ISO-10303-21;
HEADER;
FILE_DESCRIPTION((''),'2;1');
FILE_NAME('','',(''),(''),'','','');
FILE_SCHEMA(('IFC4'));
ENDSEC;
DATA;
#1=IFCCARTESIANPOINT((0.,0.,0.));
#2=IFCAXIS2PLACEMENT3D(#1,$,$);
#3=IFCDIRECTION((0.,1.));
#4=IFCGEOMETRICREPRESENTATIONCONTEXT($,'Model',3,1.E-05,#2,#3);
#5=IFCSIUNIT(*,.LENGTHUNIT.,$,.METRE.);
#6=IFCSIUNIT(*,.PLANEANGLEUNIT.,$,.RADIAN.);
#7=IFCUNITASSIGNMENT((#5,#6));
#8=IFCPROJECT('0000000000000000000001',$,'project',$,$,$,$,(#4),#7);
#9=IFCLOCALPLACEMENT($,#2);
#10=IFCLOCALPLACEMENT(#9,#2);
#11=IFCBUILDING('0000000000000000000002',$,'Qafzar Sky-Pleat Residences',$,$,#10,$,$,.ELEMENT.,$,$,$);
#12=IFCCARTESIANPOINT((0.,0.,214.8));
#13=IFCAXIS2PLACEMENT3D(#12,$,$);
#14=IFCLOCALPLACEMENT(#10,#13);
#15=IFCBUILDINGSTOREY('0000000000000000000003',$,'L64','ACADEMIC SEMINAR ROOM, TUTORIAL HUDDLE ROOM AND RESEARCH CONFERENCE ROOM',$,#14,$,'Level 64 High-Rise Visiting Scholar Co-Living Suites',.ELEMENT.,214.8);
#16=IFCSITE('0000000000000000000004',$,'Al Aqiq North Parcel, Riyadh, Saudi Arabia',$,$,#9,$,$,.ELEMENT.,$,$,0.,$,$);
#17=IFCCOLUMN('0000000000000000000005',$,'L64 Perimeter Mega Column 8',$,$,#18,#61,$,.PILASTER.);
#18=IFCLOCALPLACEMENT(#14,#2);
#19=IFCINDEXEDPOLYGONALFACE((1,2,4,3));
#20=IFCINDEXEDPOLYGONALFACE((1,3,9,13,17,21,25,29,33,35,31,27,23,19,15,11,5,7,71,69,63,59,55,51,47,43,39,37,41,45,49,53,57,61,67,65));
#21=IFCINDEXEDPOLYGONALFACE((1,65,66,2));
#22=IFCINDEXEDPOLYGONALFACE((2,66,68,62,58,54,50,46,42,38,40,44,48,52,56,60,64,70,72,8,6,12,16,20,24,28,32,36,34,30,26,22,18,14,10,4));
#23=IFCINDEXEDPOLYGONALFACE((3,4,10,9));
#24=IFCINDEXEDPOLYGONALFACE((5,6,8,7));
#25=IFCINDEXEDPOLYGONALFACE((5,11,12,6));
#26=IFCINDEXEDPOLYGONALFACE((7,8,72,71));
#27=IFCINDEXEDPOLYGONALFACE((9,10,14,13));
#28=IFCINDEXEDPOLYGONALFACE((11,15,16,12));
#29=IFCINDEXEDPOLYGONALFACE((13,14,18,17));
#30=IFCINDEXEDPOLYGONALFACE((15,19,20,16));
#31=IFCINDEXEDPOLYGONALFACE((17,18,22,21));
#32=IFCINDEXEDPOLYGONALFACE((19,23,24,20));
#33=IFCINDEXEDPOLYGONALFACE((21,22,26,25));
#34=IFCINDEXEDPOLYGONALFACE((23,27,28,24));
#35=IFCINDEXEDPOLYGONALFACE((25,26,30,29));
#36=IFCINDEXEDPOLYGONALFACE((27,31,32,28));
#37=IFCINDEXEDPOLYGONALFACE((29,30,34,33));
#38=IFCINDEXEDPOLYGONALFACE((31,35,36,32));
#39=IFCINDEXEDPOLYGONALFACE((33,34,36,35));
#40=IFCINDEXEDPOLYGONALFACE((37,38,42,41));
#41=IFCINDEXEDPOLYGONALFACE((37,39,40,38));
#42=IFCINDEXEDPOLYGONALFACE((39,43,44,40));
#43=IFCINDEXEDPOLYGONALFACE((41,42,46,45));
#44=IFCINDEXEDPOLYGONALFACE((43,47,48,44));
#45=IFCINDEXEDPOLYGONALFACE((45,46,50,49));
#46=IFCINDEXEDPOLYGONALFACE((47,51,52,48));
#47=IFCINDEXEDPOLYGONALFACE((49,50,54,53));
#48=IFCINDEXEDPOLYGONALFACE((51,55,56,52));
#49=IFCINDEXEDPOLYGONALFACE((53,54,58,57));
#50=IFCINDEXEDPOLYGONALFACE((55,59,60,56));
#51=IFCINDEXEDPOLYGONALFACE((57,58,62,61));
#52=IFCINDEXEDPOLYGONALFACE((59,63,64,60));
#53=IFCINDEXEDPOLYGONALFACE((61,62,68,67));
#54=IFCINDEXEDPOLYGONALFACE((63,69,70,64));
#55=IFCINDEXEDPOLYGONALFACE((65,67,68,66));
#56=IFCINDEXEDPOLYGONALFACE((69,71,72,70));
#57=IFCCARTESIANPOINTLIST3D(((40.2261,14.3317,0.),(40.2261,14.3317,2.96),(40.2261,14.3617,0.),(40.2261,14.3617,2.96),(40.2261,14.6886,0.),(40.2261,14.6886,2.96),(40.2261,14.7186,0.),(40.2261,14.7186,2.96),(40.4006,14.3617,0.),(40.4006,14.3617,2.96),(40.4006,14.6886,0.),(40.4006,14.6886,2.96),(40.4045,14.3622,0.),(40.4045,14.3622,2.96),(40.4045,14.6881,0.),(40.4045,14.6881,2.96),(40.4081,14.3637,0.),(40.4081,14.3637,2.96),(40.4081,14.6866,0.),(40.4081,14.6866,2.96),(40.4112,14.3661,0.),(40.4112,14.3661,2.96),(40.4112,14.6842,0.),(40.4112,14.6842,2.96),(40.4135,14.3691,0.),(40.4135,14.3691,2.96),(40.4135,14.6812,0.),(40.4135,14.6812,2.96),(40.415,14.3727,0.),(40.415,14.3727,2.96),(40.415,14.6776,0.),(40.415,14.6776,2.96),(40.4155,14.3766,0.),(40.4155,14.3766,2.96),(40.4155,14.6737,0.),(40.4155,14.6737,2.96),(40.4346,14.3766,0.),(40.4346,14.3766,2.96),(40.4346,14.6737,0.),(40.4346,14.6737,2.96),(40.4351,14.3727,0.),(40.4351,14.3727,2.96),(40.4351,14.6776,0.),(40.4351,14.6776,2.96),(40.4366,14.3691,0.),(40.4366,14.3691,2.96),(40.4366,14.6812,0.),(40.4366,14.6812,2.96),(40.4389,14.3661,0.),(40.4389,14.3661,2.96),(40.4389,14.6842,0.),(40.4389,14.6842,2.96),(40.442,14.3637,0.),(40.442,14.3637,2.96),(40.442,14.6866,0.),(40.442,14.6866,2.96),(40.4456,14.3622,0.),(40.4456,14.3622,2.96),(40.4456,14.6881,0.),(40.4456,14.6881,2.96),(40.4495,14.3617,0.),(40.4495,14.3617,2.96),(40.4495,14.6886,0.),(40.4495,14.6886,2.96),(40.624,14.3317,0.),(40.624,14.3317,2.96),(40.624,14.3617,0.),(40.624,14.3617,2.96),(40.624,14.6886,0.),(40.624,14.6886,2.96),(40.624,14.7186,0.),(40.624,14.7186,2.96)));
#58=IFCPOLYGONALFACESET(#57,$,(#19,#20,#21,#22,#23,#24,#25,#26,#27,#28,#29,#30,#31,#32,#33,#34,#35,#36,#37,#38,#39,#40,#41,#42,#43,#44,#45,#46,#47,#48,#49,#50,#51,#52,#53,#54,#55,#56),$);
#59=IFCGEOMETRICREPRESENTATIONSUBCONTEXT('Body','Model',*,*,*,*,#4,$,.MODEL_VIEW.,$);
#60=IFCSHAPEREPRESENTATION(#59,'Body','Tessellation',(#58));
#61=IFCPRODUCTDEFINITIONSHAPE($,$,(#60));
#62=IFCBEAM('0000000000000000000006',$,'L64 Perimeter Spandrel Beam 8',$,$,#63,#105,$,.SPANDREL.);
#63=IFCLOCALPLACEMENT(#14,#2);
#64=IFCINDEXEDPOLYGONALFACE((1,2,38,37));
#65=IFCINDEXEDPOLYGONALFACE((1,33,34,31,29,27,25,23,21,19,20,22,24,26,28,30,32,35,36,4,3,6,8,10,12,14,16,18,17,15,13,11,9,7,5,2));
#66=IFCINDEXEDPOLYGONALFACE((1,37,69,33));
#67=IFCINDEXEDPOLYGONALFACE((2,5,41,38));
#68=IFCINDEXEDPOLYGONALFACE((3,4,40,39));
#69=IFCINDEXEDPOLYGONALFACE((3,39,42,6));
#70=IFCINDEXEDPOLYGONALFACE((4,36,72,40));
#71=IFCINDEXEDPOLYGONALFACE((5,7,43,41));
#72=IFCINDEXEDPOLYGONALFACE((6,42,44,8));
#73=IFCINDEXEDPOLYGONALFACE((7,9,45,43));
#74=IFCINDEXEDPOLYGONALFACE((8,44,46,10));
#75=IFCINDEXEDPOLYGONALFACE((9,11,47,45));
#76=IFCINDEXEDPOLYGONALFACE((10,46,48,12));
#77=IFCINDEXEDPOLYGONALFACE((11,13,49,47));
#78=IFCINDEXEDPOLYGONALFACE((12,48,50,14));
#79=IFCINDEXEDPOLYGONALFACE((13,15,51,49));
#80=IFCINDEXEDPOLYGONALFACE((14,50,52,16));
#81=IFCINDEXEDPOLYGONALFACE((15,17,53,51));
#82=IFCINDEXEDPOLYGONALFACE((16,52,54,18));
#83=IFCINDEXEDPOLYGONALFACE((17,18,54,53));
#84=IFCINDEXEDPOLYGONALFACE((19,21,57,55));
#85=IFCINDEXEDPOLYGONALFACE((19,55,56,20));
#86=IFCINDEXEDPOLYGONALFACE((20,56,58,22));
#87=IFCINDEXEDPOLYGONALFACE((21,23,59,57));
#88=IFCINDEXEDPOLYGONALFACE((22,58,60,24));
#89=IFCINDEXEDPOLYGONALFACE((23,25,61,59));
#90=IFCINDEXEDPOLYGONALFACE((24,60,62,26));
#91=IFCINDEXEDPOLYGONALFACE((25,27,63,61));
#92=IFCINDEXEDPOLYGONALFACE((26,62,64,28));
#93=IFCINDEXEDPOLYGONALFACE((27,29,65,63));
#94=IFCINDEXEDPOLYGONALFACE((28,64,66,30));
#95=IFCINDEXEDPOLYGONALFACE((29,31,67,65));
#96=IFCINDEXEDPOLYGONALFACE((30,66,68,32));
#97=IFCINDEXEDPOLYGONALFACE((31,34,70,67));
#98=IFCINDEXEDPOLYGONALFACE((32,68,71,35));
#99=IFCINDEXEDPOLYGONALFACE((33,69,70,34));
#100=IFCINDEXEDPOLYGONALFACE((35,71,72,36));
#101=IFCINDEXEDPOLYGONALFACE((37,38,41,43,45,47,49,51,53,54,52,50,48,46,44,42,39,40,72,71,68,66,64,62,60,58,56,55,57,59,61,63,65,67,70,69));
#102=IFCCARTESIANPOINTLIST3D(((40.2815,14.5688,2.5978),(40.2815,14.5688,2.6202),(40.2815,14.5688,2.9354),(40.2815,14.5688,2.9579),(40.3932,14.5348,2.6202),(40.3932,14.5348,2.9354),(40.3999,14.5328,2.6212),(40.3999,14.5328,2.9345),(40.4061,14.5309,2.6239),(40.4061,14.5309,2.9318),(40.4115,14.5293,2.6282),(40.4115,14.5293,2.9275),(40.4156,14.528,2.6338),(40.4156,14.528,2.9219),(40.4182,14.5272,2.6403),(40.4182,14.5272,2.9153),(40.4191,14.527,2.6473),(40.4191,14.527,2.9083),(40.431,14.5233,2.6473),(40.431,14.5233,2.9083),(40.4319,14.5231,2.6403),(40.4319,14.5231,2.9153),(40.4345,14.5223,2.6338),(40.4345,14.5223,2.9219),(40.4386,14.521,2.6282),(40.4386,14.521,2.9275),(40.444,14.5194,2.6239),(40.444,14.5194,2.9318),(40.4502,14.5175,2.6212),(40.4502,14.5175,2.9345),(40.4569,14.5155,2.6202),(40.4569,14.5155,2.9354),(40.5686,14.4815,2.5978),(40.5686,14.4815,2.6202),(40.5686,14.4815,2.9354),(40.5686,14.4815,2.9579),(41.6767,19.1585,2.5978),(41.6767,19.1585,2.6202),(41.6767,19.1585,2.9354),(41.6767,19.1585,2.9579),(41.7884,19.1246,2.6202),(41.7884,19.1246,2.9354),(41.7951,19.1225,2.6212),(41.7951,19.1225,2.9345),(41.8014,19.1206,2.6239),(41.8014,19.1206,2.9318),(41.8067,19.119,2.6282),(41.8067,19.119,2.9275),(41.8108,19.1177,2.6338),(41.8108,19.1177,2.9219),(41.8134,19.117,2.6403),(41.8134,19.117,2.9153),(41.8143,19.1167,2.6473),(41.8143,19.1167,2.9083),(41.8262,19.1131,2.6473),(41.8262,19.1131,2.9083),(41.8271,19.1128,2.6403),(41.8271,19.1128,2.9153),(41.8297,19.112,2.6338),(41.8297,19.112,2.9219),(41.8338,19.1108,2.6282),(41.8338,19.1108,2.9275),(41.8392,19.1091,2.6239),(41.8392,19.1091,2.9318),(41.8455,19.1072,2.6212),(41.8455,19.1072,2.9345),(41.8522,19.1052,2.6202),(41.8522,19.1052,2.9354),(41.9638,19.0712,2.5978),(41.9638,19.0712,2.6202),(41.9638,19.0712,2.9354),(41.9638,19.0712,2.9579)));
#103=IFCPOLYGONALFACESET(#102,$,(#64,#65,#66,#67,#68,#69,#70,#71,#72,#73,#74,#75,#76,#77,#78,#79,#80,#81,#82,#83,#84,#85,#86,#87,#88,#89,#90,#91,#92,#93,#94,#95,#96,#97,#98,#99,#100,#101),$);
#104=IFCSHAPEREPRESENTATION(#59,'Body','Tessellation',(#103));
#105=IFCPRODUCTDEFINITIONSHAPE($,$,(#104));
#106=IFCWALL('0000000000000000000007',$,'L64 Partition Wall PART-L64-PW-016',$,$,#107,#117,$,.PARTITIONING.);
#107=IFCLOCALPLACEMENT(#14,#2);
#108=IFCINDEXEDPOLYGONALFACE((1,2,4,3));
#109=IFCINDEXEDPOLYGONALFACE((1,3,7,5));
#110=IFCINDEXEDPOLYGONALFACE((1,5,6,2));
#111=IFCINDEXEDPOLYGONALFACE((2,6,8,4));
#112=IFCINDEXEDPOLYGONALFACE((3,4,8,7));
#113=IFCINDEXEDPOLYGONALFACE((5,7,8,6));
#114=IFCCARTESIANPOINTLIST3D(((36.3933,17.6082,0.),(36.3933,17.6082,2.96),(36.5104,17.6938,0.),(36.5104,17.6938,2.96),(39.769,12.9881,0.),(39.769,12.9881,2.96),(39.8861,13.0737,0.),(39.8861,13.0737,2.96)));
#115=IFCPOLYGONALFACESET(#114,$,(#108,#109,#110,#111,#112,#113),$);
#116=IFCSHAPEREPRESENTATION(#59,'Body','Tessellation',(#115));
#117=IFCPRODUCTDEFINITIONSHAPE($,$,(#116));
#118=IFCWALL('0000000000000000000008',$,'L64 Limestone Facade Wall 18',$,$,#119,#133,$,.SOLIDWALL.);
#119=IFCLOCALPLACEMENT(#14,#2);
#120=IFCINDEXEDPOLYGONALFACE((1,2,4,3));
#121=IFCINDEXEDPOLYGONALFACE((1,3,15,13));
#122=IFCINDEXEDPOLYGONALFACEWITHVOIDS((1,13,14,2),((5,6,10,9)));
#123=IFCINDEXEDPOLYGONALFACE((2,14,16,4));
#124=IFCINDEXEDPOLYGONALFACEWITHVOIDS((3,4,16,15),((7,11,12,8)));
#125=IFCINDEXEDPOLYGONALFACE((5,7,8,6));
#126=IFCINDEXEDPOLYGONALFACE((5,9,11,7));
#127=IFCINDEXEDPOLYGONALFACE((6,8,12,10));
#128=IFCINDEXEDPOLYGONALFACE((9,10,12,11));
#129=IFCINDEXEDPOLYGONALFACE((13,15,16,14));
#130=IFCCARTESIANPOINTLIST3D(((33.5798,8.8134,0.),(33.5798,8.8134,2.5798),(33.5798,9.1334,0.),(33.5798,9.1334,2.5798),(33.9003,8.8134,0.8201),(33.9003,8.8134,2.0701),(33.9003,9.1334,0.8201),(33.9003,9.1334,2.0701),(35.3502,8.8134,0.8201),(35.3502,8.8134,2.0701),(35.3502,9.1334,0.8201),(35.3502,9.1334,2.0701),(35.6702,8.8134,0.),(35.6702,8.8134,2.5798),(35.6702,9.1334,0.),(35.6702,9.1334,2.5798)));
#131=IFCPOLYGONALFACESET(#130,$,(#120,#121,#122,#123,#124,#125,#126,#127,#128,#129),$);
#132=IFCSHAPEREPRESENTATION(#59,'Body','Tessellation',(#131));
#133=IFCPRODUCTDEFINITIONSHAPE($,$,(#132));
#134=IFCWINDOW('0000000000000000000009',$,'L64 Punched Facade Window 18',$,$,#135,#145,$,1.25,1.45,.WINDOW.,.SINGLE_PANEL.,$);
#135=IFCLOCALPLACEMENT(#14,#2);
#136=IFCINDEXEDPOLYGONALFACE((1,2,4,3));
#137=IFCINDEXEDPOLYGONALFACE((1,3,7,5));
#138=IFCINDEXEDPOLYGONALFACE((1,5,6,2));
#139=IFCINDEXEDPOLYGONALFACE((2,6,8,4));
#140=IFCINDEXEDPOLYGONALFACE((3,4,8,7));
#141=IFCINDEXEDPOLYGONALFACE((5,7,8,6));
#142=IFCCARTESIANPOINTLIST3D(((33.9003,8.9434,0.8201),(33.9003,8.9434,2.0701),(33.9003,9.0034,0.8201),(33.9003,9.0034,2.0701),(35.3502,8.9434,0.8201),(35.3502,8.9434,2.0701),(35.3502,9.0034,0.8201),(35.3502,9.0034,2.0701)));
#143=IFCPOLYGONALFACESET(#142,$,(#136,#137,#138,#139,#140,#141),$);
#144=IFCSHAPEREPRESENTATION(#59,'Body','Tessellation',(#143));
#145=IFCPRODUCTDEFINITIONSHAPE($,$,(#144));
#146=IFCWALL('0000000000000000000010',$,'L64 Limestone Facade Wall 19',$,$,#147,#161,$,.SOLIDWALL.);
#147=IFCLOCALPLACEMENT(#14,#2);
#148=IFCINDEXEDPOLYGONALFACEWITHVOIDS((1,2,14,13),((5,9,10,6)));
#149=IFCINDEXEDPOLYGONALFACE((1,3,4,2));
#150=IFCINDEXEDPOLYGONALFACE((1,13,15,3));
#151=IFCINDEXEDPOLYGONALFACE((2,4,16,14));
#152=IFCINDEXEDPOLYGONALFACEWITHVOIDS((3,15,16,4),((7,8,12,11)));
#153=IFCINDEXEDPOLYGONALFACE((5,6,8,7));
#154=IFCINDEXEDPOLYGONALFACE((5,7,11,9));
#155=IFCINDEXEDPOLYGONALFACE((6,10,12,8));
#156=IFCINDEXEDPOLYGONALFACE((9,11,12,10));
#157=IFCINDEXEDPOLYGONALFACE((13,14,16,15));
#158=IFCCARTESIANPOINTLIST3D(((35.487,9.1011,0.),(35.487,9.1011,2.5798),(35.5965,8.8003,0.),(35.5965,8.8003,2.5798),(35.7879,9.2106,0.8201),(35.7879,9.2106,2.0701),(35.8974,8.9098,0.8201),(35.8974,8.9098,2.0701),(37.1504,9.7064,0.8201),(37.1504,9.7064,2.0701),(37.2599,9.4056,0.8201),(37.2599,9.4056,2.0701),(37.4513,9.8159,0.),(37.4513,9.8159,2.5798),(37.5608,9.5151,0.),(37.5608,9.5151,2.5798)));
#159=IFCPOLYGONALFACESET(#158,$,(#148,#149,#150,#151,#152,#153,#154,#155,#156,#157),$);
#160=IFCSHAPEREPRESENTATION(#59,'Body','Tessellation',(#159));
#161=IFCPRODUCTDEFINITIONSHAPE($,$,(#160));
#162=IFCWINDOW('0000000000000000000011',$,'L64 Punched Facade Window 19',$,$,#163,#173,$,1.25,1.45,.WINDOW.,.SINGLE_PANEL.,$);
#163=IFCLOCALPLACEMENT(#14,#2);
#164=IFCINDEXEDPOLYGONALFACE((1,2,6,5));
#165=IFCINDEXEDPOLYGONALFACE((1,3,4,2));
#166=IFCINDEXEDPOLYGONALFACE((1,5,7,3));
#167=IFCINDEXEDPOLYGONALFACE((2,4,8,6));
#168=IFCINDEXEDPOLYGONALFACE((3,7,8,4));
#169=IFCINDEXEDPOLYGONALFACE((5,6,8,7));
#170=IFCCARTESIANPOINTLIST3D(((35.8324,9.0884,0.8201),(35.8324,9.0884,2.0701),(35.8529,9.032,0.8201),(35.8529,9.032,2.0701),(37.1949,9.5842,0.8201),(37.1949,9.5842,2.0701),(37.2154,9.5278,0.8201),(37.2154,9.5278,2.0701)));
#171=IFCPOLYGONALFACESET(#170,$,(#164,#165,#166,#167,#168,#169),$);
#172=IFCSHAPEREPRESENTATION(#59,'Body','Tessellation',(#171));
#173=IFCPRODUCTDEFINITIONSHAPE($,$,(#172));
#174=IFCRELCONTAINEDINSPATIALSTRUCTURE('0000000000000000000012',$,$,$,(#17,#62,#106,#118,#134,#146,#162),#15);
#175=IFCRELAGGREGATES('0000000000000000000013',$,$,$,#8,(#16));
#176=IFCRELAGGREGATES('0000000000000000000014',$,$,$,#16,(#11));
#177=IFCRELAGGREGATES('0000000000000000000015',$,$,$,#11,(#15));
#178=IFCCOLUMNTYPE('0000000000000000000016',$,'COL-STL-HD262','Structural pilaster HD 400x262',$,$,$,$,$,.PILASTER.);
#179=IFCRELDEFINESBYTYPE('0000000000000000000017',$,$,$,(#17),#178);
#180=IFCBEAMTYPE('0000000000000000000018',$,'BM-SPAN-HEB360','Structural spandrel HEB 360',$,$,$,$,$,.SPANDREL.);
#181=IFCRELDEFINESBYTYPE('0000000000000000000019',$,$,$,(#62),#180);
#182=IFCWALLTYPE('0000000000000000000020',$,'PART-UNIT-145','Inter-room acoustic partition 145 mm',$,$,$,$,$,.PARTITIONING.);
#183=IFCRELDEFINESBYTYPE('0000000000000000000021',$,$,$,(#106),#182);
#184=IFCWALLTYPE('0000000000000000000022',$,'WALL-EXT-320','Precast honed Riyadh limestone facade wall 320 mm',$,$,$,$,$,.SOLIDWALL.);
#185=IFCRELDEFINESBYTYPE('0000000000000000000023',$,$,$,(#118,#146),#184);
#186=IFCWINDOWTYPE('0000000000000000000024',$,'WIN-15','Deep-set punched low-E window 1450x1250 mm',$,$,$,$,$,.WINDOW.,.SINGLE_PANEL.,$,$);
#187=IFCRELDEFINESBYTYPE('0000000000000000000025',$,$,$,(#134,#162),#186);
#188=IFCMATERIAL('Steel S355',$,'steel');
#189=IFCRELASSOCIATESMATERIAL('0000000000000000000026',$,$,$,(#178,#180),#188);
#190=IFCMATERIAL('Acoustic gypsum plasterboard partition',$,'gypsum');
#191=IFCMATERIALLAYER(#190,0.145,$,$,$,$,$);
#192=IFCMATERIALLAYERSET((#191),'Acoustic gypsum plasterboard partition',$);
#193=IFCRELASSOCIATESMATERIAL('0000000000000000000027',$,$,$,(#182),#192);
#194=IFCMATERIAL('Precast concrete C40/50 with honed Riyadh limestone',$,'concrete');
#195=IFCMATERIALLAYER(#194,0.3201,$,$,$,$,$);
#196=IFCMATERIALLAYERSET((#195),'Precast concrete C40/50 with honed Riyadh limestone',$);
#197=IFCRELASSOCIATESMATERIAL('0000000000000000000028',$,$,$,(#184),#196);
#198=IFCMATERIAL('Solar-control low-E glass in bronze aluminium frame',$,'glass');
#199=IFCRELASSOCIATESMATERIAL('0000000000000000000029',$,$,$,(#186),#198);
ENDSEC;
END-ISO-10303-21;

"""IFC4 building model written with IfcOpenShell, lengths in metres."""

from ifc_helpers import new_model, si_unit, direction, frame, frame_2d, origin, origin_2d, place, context, subcontext, project, spatial, rectangle, i_section, extrude, source, transform, mapped, material, layer, layer_set, material_profile, profile_set, type_object, element, fill, save


model = new_model("IFC4")

# Units and contexts
model_context = context("Model", 3, precision=1e-05, world=origin(), true_north=direction((0.0, 1.0)))
body_context = subcontext(model_context, "Body", "Model", "MODEL_VIEW")
ifc_project = project(units=[si_unit("LENGTHUNIT", "METRE"), si_unit("PLANEANGLEUNIT", "RADIAN")], contexts=[model_context])

# Site, building, storey
site_placement = place(None, origin())
site = spatial("IfcSite", under=ifc_project, at=site_placement, Name="Al Aqiq North Parcel, Riyadh, Saudi Arabia", CompositionType="ELEMENT", RefElevation=0.0)
building_placement = place(site_placement, origin())
building = spatial("IfcBuilding", under=site, at=building_placement, Name="Qafzar Sky-Pleat Residences", CompositionType="ELEMENT")
storey_placement = place(building_placement, frame((0.0, 0.0, 214.8)))
storey = spatial("IfcBuildingStorey", under=building, at=storey_placement, Name="L64", Description="ACADEMIC SEMINAR ROOM, TUTORIAL HUDDLE ROOM AND RESEARCH CONFERENCE ROOM", LongName="Level 64 High-Rise Visiting Scholar Co-Living Suites", CompositionType="ELEMENT", Elevation=214.8)

# Column
ifc_material_1 = material(Name="Steel S355", Category="steel")
ifc_material_profile_1 = material_profile(ifc_material_1, i_section(OverallWidth=0.3979, OverallDepth=0.387, WebThickness=0.019, FlangeThickness=0.03, FilletRadius=0.0149, at=origin_2d()), Name="HD 400x262")
ifc_profile_set_1 = profile_set([ifc_material_profile_1], Name="Steel S355")
column_type = type_object("IfcColumnType", Name="COL-STL-HD262", Description="Structural pilaster HD 400x262", PredefinedType="PILASTER", material=ifc_profile_set_1)
shared_shape_1 = source(origin(), body_context, "Body", "SweptSolid", [
    extrude(i_section(OverallWidth=0.3979, OverallDepth=0.387, WebThickness=0.019, FlangeThickness=0.03, FilletRadius=0.0149, at=origin_2d()), origin(), (0.0, 0.0, 1.0), 2.96),
])
column_placement = place(storey_placement, frame((40.425, 14.5251, 0.0), z_axis=(0.0, 0.0, 1.0), x_axis=(1.0, 0.0, 0.0)))
element("IfcColumn", 1, at=column_placement, inside=storey, type_object=column_type, Name="L64 Perimeter Mega Column 8", PredefinedType="PILASTER", context=body_context, shape_type="MappedRepresentation", body=[
    mapped(shared_shape_1, transform((0.0, 0.0, 0.0), x_axis=(1.0, 0.0, 0.0), y_axis=(0.0, 1.0, 0.0), z_axis=(0.0, 0.0, 1.0), scale=1.0)),
])

# Beam
ifc_material_profile_2 = material_profile(ifc_material_1, i_section(OverallWidth=0.3, OverallDepth=0.3601, WebThickness=0.0125, FlangeThickness=0.0225, FilletRadius=0.0271, at=origin_2d()), Name="HEB 360")
ifc_profile_set_2 = profile_set([ifc_material_profile_2], Name="Steel S355")
beam_type = type_object("IfcBeamType", Name="BM-SPAN-HEB360", Description="Structural spandrel HEB 360", PredefinedType="SPANDREL", material=ifc_profile_set_2)
shared_shape_2 = source(origin(), body_context, "Body", "SweptSolid", [
    extrude(i_section(OverallWidth=0.3, OverallDepth=0.3601, WebThickness=0.0125, FlangeThickness=0.0225, FilletRadius=0.0271, at=origin_2d()), origin(), (0.0, 0.0, 1.0), 4.7971),
])
beam_placement = place(storey_placement, frame((40.425, 14.5251, 2.7778), z_axis=(0.290848, 0.956769, 0.0), x_axis=(-0.956769, 0.290848, 0.0)))
element("IfcBeam", 2, at=beam_placement, inside=storey, type_object=beam_type, Name="L64 Perimeter Spandrel Beam 8", PredefinedType="SPANDREL", context=body_context, shape_type="MappedRepresentation", body=[
    mapped(shared_shape_2, transform((0.0, 0.0, 0.0), x_axis=(1.0, 0.0, 0.0), y_axis=(0.0, 1.0, 0.0), z_axis=(0.0, 0.0, 1.0), scale=1.0)),
])

# Wall
ifc_material_2 = material(Name="Acoustic gypsum plasterboard partition", Category="gypsum")
ifc_layer_1 = layer(ifc_material_2, 0.145)
ifc_layer_set_1 = layer_set([ifc_layer_1], Name="Acoustic gypsum plasterboard partition")
wall_type_1 = type_object("IfcWallType", Name="PART-UNIT-145", Description="Inter-room acoustic partition 145 mm", PredefinedType="PARTITIONING", material=ifc_layer_set_1)
wall_1_placement = place(storey_placement, frame((36.4519, 17.6509, 0.0), z_axis=(0.0, 0.0, 1.0), x_axis=(0.589959, -0.807433, 0.0)))
element("IfcWall", 3, at=wall_1_placement, inside=storey, type_object=wall_type_1, Name="L64 Partition Wall PART-L64-PW-016", PredefinedType="PARTITIONING", context=body_context, shape_type="SweptSolid", body=[
    extrude(rectangle(XDim=5.7219, YDim=0.145, at=frame_2d((2.8608, 0.0))), origin(), (0.0, 0.0, 1.0), 2.96),
])

# Walls, openings, windows
ifc_material_3 = material(Name="Precast concrete C40/50 with honed Riyadh limestone", Category="concrete")
ifc_layer_2 = layer(ifc_material_3, 0.3201)
ifc_layer_set_2 = layer_set([ifc_layer_2], Name="Precast concrete C40/50 with honed Riyadh limestone")
wall_type_2 = type_object("IfcWallType", Name="WALL-EXT-320", Description="Precast honed Riyadh limestone facade wall 320 mm", PredefinedType="SOLIDWALL", material=ifc_layer_set_2)
wall_2_placement = place(storey_placement, frame((33.5798, 8.9734, 0.0), z_axis=(0.0, 0.0, 1.0), x_axis=(1.0, 0.0, 0.0)))
wall_2 = element("IfcWall", 4, at=wall_2_placement, inside=storey, type_object=wall_type_2, Name="L64 Limestone Facade Wall 18", PredefinedType="SOLIDWALL", context=body_context, shape_type="SweptSolid", body=[
    extrude(rectangle(XDim=2.0903, YDim=0.3201, at=frame_2d((1.0452, 0.0))), origin(), (0.0, 0.0, 1.0), 2.5798),
])
opening_1_placement = place(wall_2_placement, frame((0.3203, 0.0, 0.8201)))
opening_1 = element("IfcOpeningElement", 5, at=opening_1_placement, cuts=wall_2, PredefinedType="OPENING", context=body_context, shape_type="SweptSolid", body=[
    extrude(rectangle(XDim=1.45, YDim=1.25, at=frame_2d((0.7251, 0.625))), frame((0.0, 0.1699, 0.0), z_axis=(0.0, -1.0, 0.0), x_axis=(1.0, 0.0, 0.0)), (0.0, 0.0, 1.0), 0.3401),
])
ifc_material_4 = material(Name="Solar-control low-E glass in bronze aluminium frame", Category="glass")
window_type_1 = type_object("IfcWindowType", Name="WIN-15", Description="Deep-set punched low-E window 1450x1250 mm", PartitioningType="SINGLE_PANEL", PredefinedType="WINDOW", material=ifc_material_4)
shared_shape_3 = source(origin(), body_context, "Body", "SweptSolid", [
    extrude(rectangle(XDim=1.45, YDim=1.25, at=frame_2d((0.7251, 0.625))), frame((0.0, 0.03, 0.0), z_axis=(0.0, -1.0, 0.0), x_axis=(1.0, 0.0, 0.0)), (0.0, 0.0, 1.0), 0.0601),
])
window_1_placement = place(opening_1_placement, origin())
window_1 = element("IfcWindow", 6, at=window_1_placement, inside=storey, type_object=window_type_1, Name="L64 Punched Facade Window 18", OverallHeight=1.25, OverallWidth=1.45, PartitioningType="SINGLE_PANEL", PredefinedType="WINDOW", context=body_context, shape_type="MappedRepresentation", body=[
    mapped(shared_shape_3, transform((0.0, 0.0, 0.0), x_axis=(1.0, 0.0, 0.0), y_axis=(0.0, 1.0, 0.0), z_axis=(0.0, 0.0, 1.0), scale=1.0)),
])
fill(opening_1, window_1)
wall_3_placement = place(storey_placement, frame((35.5417, 8.9507, 0.0), z_axis=(0.0, 0.0, 1.0), x_axis=(0.939712, 0.341968, 0.0)))
wall_3 = element("IfcWall", 7, at=wall_3_placement, inside=storey, type_object=wall_type_2, Name="L64 Limestone Facade Wall 19", PredefinedType="SOLIDWALL", context=body_context, shape_type="SweptSolid", body=[
    extrude(rectangle(XDim=2.0903, YDim=0.3201, at=frame_2d((1.0452, 0.0))), origin(), (0.0, 0.0, 1.0), 2.5798),
])
opening_2_placement = place(wall_3_placement, frame((0.3201, 0.0, 0.8201)))
opening_2 = element("IfcOpeningElement", 8, at=opening_2_placement, cuts=wall_3, PredefinedType="OPENING", context=body_context, shape_type="SweptSolid", body=[
    extrude(rectangle(XDim=1.45, YDim=1.25, at=frame_2d((0.7251, 0.625))), frame((0.0, 0.1699, 0.0), z_axis=(0.0, -1.0, 0.0), x_axis=(1.0, 0.0, 0.0)), (0.0, 0.0, 1.0), 0.3401),
])
window_2_placement = place(opening_2_placement, origin())
window_2 = element("IfcWindow", 9, at=window_2_placement, inside=storey, type_object=window_type_1, Name="L64 Punched Facade Window 19", OverallHeight=1.25, OverallWidth=1.45, PartitioningType="SINGLE_PANEL", PredefinedType="WINDOW", context=body_context, shape_type="MappedRepresentation", body=[
    mapped(shared_shape_3, transform((0.0, 0.0, 0.0), x_axis=(1.0, 0.0, 0.0), y_axis=(0.0, 1.0, 0.0), z_axis=(0.0, 0.0, 1.0), scale=1.0)),
])
fill(opening_2, window_2)

save(model, "model.ifc")
